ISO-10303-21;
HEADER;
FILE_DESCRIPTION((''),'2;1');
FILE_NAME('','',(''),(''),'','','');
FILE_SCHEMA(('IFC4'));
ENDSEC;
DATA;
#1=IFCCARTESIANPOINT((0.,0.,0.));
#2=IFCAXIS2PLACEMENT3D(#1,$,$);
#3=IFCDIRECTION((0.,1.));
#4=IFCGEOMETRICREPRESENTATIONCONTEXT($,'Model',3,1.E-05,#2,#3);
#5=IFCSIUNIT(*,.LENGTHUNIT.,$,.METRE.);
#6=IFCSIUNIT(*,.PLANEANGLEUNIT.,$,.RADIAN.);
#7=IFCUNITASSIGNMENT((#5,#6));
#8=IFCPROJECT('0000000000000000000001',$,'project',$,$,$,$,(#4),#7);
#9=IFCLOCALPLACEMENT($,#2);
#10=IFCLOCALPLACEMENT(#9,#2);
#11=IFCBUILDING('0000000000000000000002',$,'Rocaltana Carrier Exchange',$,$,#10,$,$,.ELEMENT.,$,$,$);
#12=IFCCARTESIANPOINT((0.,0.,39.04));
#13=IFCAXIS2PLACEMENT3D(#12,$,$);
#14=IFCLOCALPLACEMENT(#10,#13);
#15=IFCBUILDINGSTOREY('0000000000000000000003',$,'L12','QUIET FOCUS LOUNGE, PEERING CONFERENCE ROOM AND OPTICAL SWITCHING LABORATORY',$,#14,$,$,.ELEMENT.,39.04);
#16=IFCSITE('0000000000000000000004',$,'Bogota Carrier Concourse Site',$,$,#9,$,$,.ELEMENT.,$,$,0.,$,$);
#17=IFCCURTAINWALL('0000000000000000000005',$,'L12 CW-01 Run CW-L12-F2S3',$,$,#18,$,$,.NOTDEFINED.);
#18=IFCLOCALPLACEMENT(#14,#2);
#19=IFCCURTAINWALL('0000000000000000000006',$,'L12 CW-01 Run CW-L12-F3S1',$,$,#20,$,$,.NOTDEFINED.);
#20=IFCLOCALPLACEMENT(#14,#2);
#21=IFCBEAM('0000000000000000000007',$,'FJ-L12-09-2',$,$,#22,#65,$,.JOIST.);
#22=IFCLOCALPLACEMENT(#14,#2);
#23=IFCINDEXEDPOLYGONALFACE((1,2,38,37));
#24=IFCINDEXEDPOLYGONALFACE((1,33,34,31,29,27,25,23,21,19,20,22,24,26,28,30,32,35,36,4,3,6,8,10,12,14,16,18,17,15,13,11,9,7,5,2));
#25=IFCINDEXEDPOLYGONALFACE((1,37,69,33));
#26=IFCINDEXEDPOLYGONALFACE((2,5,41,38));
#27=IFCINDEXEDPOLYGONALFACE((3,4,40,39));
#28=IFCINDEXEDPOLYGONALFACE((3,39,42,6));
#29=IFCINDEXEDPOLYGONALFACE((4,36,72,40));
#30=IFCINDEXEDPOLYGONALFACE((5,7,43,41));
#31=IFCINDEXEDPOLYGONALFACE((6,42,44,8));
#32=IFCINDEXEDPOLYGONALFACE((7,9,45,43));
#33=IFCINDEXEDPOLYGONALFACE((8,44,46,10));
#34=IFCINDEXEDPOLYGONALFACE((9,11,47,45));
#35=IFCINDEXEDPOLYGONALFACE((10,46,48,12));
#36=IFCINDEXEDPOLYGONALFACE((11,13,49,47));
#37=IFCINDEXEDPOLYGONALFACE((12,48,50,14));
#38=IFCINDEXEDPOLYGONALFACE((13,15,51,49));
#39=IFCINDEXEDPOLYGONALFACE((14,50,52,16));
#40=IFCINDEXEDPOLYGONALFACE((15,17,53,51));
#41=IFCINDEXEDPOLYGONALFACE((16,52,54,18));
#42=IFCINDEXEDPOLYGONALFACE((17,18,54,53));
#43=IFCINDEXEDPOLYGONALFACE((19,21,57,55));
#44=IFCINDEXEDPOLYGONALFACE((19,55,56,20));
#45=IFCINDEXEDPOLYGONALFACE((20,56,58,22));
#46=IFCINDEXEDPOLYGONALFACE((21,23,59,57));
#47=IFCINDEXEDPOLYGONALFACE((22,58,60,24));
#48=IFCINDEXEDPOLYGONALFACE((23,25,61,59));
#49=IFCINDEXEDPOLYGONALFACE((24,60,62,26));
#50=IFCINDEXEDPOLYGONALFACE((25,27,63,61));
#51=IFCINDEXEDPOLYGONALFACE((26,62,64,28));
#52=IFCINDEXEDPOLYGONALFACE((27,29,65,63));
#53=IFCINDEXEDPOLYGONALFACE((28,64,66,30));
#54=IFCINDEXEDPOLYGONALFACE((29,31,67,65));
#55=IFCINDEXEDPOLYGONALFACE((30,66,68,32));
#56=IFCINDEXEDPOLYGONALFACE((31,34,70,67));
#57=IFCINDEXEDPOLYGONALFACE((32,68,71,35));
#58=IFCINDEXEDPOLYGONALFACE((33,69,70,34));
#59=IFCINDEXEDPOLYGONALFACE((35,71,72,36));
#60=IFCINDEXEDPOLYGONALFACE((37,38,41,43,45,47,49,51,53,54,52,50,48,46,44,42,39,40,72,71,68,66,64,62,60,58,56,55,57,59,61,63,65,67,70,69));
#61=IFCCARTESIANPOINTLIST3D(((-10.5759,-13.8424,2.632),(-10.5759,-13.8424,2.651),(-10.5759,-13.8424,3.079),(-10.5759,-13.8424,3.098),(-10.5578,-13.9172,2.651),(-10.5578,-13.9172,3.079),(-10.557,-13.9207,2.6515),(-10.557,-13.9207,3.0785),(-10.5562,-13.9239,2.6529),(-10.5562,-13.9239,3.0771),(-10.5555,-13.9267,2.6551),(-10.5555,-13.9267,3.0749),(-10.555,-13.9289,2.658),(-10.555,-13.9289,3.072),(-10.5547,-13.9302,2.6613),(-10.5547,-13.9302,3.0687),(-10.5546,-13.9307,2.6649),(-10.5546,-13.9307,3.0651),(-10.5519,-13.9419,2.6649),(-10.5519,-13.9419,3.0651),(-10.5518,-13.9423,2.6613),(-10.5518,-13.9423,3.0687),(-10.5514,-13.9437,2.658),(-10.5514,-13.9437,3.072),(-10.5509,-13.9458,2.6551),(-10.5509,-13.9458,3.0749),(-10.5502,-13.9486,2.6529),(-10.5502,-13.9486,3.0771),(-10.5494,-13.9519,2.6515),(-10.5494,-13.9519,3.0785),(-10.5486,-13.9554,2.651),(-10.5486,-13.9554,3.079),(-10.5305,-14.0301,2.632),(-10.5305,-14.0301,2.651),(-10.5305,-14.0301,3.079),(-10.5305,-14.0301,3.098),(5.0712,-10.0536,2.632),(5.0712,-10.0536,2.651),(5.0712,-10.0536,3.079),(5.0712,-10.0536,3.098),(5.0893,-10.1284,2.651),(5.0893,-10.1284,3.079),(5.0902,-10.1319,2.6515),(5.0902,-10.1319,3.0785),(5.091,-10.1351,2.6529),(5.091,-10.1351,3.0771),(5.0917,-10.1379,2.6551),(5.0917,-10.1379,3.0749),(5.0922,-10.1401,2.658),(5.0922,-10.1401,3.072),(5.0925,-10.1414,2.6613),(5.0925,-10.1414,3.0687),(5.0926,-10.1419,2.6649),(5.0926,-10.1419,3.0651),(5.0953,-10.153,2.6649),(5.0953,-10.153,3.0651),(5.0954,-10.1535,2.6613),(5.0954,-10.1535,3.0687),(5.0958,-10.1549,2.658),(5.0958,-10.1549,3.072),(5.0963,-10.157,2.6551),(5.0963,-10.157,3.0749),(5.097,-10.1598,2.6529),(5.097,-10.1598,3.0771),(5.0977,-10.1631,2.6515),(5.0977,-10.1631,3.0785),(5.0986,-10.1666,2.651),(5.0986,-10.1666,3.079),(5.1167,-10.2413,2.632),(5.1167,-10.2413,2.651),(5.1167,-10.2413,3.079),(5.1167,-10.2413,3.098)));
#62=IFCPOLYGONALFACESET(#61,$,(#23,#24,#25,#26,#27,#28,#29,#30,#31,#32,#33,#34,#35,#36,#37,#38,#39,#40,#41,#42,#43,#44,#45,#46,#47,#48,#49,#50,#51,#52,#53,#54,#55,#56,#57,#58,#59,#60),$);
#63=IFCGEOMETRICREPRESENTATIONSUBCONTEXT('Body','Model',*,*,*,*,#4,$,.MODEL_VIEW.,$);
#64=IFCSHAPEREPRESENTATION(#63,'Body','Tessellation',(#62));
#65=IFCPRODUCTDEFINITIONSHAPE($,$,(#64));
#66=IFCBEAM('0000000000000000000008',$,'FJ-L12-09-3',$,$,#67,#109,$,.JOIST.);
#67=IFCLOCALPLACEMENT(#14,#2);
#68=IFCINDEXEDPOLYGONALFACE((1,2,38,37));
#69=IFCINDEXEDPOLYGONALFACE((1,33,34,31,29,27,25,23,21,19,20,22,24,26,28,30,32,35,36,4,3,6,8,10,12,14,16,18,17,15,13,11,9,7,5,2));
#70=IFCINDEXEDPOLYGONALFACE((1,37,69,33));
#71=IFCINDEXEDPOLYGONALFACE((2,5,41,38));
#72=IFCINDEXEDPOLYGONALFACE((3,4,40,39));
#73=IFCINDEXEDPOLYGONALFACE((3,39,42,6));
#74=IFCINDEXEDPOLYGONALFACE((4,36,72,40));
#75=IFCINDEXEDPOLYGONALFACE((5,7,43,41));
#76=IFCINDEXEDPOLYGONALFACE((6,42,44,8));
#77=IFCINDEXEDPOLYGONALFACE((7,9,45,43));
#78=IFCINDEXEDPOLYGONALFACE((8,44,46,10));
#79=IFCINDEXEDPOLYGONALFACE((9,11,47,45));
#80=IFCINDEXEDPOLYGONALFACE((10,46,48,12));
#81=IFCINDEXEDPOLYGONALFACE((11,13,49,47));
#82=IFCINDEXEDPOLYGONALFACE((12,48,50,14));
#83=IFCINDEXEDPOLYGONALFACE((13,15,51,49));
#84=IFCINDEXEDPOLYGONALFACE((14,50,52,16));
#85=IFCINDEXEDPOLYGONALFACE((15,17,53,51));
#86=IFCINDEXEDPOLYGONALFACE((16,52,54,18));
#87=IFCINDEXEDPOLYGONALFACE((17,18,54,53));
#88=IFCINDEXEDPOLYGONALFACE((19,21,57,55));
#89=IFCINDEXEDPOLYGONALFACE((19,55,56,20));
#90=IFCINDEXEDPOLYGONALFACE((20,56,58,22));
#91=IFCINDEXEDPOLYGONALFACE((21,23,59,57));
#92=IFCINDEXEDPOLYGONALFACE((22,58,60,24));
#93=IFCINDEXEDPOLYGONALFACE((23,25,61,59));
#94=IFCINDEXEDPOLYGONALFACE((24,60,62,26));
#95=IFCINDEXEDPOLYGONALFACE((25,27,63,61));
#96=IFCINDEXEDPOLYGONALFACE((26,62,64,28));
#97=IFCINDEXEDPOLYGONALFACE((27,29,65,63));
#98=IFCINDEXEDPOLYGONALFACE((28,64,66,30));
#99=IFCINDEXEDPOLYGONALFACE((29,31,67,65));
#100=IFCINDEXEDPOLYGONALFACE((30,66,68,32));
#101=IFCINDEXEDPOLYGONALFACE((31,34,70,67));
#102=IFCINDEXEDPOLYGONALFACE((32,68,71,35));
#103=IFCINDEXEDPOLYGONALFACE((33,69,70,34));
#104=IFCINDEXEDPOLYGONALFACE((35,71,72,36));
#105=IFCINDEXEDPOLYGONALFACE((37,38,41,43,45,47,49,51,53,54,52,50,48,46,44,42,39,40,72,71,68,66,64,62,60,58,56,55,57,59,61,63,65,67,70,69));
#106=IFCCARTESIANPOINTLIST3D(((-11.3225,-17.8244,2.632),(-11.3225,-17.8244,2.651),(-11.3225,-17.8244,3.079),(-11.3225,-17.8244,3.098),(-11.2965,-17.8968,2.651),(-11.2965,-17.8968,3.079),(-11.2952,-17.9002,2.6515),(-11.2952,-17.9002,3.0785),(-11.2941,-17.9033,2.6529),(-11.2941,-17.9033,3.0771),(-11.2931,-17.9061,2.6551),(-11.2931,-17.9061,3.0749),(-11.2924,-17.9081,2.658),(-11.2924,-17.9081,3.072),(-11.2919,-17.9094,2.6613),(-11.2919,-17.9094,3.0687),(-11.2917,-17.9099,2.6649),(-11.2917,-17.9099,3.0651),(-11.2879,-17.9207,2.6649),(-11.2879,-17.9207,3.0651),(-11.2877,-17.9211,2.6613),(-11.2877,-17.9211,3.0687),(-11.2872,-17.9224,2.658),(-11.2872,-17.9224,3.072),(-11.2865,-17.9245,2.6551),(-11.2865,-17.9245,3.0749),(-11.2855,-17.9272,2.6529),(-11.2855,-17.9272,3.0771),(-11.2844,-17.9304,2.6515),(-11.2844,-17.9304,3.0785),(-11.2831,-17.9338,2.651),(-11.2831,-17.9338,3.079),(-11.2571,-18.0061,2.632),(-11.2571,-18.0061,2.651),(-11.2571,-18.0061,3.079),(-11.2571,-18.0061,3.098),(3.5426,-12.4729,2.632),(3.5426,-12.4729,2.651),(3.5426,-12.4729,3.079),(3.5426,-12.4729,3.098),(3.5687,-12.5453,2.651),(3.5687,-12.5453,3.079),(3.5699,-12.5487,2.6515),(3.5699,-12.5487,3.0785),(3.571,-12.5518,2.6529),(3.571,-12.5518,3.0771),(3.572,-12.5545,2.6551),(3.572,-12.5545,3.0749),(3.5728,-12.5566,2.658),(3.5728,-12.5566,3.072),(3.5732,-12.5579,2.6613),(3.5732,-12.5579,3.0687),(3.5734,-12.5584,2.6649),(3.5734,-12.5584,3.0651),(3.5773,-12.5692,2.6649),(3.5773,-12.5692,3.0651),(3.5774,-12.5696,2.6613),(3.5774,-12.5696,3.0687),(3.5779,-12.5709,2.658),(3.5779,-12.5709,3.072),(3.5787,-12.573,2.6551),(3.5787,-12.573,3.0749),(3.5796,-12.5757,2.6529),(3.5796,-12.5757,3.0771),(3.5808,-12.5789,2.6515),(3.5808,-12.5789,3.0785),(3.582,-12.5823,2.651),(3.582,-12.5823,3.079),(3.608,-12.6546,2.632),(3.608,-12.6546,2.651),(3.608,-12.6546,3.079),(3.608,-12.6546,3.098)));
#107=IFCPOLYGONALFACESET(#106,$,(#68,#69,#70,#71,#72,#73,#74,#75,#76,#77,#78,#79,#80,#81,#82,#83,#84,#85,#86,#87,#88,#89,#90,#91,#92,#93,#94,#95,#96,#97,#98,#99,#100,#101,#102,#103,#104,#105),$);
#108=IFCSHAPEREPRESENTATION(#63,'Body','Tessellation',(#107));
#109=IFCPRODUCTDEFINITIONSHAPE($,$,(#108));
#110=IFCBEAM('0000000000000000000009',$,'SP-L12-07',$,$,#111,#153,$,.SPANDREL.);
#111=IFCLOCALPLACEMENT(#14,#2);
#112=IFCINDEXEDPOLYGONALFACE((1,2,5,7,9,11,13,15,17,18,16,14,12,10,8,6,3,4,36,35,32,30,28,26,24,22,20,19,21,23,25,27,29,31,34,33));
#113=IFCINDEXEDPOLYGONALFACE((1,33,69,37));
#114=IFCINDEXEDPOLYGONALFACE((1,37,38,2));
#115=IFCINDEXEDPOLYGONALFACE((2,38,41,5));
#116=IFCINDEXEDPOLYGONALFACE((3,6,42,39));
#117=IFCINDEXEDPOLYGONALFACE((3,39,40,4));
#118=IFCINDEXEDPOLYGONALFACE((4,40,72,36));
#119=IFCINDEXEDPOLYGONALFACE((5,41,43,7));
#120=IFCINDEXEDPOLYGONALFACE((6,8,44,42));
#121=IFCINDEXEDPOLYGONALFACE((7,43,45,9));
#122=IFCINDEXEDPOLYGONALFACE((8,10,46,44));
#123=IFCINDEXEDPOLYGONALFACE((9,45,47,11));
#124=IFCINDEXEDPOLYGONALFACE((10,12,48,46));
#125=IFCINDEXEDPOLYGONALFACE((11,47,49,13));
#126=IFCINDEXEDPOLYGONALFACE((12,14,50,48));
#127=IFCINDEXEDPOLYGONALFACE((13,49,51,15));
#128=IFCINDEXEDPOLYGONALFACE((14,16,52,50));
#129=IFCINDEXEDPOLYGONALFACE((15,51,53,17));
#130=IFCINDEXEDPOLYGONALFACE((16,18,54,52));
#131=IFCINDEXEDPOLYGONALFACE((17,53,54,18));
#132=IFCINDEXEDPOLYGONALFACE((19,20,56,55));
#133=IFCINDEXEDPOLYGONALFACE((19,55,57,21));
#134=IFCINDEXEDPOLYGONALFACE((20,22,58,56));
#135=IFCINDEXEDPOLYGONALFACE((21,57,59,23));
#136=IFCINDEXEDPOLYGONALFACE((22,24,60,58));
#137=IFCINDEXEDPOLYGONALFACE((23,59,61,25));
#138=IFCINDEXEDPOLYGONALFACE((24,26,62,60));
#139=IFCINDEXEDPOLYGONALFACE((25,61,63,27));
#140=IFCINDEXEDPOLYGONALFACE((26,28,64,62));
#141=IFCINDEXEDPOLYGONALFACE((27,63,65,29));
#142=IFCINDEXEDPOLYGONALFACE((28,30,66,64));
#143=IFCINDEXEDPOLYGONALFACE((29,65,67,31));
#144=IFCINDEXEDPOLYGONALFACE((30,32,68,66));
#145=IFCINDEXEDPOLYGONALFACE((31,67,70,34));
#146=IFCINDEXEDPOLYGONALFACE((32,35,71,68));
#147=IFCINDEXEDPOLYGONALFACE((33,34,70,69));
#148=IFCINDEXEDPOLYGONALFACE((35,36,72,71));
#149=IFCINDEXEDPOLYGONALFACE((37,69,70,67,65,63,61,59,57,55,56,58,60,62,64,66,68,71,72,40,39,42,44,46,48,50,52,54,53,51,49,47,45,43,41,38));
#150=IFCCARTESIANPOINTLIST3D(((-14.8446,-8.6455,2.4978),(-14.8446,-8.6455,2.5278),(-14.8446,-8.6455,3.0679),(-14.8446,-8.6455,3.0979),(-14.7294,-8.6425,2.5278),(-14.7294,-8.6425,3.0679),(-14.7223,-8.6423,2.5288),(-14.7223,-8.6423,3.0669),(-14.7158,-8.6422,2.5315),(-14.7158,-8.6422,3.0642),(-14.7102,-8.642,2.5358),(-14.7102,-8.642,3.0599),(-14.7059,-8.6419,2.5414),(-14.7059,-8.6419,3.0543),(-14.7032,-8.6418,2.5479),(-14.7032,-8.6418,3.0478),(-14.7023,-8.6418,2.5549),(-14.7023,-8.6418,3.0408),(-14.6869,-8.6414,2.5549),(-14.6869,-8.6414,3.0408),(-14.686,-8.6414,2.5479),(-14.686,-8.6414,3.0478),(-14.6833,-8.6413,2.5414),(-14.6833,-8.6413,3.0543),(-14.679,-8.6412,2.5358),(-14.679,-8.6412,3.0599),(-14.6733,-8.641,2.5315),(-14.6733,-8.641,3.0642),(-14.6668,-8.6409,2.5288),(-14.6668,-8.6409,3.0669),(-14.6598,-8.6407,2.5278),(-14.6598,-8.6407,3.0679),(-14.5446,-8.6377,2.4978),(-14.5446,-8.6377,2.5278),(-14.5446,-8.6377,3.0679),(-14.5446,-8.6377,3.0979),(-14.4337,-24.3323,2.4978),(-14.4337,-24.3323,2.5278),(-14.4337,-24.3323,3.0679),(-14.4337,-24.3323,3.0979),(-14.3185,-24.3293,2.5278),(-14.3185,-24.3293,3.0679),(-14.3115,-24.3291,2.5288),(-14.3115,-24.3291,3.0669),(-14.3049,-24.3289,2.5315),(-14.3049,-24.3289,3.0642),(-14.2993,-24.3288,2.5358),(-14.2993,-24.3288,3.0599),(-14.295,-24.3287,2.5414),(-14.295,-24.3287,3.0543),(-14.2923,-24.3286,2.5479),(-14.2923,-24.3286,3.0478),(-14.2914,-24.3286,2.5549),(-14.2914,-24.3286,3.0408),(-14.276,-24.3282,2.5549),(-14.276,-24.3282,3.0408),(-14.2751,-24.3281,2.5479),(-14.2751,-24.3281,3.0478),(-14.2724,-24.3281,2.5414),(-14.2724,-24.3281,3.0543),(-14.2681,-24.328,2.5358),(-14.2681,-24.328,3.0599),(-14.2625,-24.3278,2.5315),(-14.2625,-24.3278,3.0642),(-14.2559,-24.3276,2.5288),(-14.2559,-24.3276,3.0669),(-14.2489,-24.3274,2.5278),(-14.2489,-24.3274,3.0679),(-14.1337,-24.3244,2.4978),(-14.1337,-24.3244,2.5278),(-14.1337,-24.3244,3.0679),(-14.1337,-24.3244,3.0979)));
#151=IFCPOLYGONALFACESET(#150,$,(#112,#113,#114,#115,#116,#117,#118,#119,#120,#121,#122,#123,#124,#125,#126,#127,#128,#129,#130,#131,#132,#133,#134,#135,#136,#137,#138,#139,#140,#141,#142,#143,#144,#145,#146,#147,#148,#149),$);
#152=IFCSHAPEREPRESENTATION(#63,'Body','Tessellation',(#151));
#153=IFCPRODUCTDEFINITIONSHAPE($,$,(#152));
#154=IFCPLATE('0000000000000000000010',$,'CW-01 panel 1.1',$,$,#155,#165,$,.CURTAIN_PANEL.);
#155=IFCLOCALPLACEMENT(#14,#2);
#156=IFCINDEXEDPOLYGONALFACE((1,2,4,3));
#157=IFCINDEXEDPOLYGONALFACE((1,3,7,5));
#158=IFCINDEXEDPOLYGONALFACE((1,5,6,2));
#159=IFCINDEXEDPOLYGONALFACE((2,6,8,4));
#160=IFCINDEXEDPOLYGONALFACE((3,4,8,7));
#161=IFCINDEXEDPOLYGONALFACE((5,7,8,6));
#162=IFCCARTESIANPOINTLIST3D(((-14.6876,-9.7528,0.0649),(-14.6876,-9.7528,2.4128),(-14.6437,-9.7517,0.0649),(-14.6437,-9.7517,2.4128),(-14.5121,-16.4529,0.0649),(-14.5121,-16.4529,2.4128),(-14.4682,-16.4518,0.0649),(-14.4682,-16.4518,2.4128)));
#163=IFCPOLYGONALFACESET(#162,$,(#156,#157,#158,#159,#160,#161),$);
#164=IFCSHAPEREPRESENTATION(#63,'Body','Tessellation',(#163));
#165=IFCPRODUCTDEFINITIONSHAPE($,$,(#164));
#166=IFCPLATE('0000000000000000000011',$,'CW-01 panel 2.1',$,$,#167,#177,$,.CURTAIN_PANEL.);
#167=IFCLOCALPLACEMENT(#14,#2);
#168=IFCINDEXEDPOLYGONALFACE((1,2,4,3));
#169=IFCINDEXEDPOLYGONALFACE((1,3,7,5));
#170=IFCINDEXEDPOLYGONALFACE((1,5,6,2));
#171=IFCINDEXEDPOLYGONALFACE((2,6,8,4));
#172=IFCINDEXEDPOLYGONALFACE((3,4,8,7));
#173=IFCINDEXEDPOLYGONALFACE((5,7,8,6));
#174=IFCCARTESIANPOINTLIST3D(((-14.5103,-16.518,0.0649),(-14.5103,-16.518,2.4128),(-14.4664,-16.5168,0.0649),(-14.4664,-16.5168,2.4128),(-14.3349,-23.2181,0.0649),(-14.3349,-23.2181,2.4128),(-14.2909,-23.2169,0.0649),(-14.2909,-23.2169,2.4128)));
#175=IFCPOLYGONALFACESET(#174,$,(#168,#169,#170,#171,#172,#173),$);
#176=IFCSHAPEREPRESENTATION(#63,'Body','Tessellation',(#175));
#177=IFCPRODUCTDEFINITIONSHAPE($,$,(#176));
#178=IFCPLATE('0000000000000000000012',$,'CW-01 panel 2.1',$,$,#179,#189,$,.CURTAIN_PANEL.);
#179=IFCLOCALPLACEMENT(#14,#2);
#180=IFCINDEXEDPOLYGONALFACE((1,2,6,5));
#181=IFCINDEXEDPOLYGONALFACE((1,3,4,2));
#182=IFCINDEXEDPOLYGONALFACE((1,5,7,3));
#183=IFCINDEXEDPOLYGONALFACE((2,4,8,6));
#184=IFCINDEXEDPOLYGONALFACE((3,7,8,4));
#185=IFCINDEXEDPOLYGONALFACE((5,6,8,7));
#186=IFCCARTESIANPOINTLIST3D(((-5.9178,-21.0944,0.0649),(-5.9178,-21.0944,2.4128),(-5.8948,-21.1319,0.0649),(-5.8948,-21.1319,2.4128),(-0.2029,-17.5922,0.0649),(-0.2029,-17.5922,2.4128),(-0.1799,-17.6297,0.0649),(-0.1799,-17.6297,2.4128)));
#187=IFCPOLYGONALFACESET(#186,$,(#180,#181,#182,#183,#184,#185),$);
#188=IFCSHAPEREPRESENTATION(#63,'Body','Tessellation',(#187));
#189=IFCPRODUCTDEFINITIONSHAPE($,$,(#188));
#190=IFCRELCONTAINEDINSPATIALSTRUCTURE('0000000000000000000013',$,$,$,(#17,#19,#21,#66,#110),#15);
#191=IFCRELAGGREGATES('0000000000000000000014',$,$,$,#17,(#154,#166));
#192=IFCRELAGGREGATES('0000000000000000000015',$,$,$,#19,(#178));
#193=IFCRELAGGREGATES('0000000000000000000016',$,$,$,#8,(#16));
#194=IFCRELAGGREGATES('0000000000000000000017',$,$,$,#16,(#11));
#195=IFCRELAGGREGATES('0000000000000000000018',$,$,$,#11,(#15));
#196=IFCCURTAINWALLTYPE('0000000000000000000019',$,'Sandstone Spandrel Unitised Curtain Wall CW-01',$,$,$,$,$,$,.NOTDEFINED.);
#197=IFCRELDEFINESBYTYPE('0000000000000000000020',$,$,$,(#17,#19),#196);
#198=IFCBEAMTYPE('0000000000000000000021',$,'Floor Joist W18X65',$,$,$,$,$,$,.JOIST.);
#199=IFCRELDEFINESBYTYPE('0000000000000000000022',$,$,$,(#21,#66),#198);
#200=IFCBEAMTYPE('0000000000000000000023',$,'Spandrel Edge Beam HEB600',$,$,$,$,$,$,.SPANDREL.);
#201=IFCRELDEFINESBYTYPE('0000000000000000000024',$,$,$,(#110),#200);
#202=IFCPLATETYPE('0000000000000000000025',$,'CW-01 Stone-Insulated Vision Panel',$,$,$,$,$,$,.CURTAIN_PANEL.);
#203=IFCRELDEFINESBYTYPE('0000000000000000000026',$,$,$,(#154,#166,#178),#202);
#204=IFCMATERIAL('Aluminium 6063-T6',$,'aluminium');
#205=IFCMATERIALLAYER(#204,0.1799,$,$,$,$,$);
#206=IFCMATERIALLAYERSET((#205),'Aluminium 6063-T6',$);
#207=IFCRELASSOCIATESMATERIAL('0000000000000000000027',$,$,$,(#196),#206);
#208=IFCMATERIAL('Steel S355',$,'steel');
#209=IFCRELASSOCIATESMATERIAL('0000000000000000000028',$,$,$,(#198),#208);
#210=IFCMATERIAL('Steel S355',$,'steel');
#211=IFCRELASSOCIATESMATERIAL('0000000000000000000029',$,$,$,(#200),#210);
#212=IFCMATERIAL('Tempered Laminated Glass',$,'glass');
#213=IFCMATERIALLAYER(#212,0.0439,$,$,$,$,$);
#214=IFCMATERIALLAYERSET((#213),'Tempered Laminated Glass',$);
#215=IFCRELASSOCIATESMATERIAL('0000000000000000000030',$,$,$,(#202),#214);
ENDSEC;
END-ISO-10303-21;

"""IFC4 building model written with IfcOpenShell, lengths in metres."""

from ifc_helpers import new_model, si_unit, direction, frame, origin, origin_2d, place, context, subcontext, project, spatial, rectangle, i_section, extrude, material, layer, layer_set, material_profile, profile_set, type_object, element, aggregate, save


model = new_model("IFC4")

# Units and contexts
model_context = context("Model", 3, precision=1e-05, world=origin(), true_north=direction((0.0, 1.0)))
body_context = subcontext(model_context, "Body", "Model", "MODEL_VIEW")
ifc_project = project(units=[si_unit("LENGTHUNIT", "METRE"), si_unit("PLANEANGLEUNIT", "RADIAN")], contexts=[model_context])

# Site, building, storey
site_placement = place(None, origin())
site = spatial("IfcSite", under=ifc_project, at=site_placement, Name="Bogota Carrier Concourse Site", CompositionType="ELEMENT", RefElevation=0.0)
building_placement = place(site_placement, origin())
building = spatial("IfcBuilding", under=site, at=building_placement, Name="Rocaltana Carrier Exchange", CompositionType="ELEMENT")
storey_placement = place(building_placement, frame((0.0, 0.0, 39.04)))
storey = spatial("IfcBuildingStorey", under=building, at=storey_placement, Name="L12", Description="QUIET FOCUS LOUNGE, PEERING CONFERENCE ROOM AND OPTICAL SWITCHING LABORATORY", CompositionType="ELEMENT", Elevation=39.04)

# Curtain wall
ifc_material_1 = material(Name="Aluminium 6063-T6", Category="aluminium")
ifc_layer_1 = layer(ifc_material_1, 0.1799)
ifc_layer_set_1 = layer_set([ifc_layer_1], Name="Aluminium 6063-T6")
curtain_wall_type = type_object("IfcCurtainWallType", Name="Sandstone Spandrel Unitised Curtain Wall CW-01", PredefinedType="NOTDEFINED", material=ifc_layer_set_1)
curtain_wall_1_placement = place(storey_placement, origin())
curtain_wall_1 = element("IfcCurtainWall", 1, at=curtain_wall_1_placement, inside=storey, type_object=curtain_wall_type, Name="L12 CW-01 Run CW-L12-F2S3", PredefinedType="NOTDEFINED")

# Curtain wall
curtain_wall_2_placement = place(storey_placement, origin())
curtain_wall_2 = element("IfcCurtainWall", 2, at=curtain_wall_2_placement, inside=storey, type_object=curtain_wall_type, Name="L12 CW-01 Run CW-L12-F3S1", PredefinedType="NOTDEFINED")

# Beams
ifc_material_2 = material(Name="Steel S355", Category="steel")
ifc_material_profile_1 = material_profile(ifc_material_2, i_section(OverallWidth=0.1931, OverallDepth=0.4661, WebThickness=0.0115, FlangeThickness=0.019, FilletRadius=0.0139, at=origin_2d()), Name="W18X65")
ifc_profile_set_1 = profile_set([ifc_material_profile_1], Name="Steel S355")
beam_type_1 = type_object("IfcBeamType", Name="Floor Joist W18X65", PredefinedType="JOIST", material=ifc_profile_set_1)
beam_1_placement = place(storey_placement, frame((-10.5532, -13.9363, 2.865), z_axis=(0.971913, 0.235339, 0.0), x_axis=(-0.235339, 0.971913, 0.0)))
element("IfcBeam", 3, at=beam_1_placement, inside=storey, type_object=beam_type_1, Name="FJ-L12-09-2", PredefinedType="JOIST", context=body_context, shape_type="SweptSolid", body=[
    extrude(i_section(OverallWidth=0.1931, OverallDepth=0.4661, WebThickness=0.0115, FlangeThickness=0.019, FilletRadius=0.0139, at=origin_2d()), origin(), (0.0, 0.0, 1.0), 16.0994),
])
beam_2_placement = place(storey_placement, frame((-11.2898, -17.9153, 2.865), z_axis=(0.940886, 0.338724, 0.0), x_axis=(-0.338724, 0.940886, 0.0)))
element("IfcBeam", 4, at=beam_2_placement, inside=storey, type_object=beam_type_1, Name="FJ-L12-09-3", PredefinedType="JOIST", context=body_context, shape_type="SweptSolid", body=[
    extrude(i_section(OverallWidth=0.1931, OverallDepth=0.4661, WebThickness=0.0115, FlangeThickness=0.019, FilletRadius=0.0139, at=origin_2d()), origin(), (0.0, 0.0, 1.0), 15.7991),
])
ifc_material_3 = material(Name="Steel S355", Category="steel")
ifc_material_profile_2 = material_profile(ifc_material_3, i_section(OverallWidth=0.3, OverallDepth=0.6001, WebThickness=0.0154, FlangeThickness=0.03, FilletRadius=0.0271, at=origin_2d()), Name="HEB600")
ifc_profile_set_2 = profile_set([ifc_material_profile_2], Name="Steel S355")
beam_type_2 = type_object("IfcBeamType", Name="Spandrel Edge Beam HEB600", PredefinedType="SPANDREL", material=ifc_profile_set_2)
beam_3_placement = place(storey_placement, frame((-14.6946, -8.6416, 2.7979), z_axis=(0.026184, -0.999657, 0.0), x_axis=(0.999657, 0.026184, 0.0)))
element("IfcBeam", 5, at=beam_3_placement, inside=storey, type_object=beam_type_2, Name="SP-L12-07", PredefinedType="SPANDREL", context=body_context, shape_type="SweptSolid", body=[
    extrude(i_section(OverallWidth=0.3, OverallDepth=0.6001, WebThickness=0.0154, FlangeThickness=0.03, FilletRadius=0.0271, at=origin_2d()), origin(), (0.0, 0.0, 1.0), 15.6921),
])

# Plates
ifc_material_4 = material(Name="Tempered Laminated Glass", Category="glass")
ifc_layer_2 = layer(ifc_material_4, 0.0439)
ifc_layer_set_2 = layer_set([ifc_layer_2], Name="Tempered Laminated Glass")
plate_type = type_object("IfcPlateType", Name="CW-01 Stone-Insulated Vision Panel", PredefinedType="CURTAIN_PANEL", material=ifc_layer_set_2)
plate_1_placement = place(storey_placement, frame((-14.5779, -13.1023, 0.0649), z_axis=(0.0, 0.0, 1.0), x_axis=(0.026184, -0.999657, 0.0)))
plate_1 = element("IfcPlate", 6, at=plate_1_placement, type_object=plate_type, Name="CW-01 panel 1.1", PredefinedType="CURTAIN_PANEL", context=body_context, shape_type="SweptSolid", body=[
    extrude(rectangle(XDim=6.7024, YDim=0.0439, at=origin_2d()), origin(), (0.0, 0.0, 1.0), 2.3479),
])
plate_2_placement = place(storey_placement, frame((-14.4006, -19.8674, 0.0649), z_axis=(0.0, 0.0, 1.0), x_axis=(0.026184, -0.999657, 0.0)))
plate_2 = element("IfcPlate", 7, at=plate_2_placement, type_object=plate_type, Name="CW-01 panel 2.1", PredefinedType="CURTAIN_PANEL", context=body_context, shape_type="SweptSolid", body=[
    extrude(rectangle(XDim=6.7024, YDim=0.0439, at=origin_2d()), origin(), (0.0, 0.0, 1.0), 2.3479),
])
aggregate(curtain_wall_1, [plate_1, plate_2])
plate_3_placement = place(storey_placement, frame((-3.0488, -19.3621, 0.0649), z_axis=(0.0, 0.0, 1.0), x_axis=(0.852636, 0.522505, 0.0)))
plate_3 = element("IfcPlate", 8, at=plate_3_placement, type_object=plate_type, Name="CW-01 panel 2.1", PredefinedType="CURTAIN_PANEL", context=body_context, shape_type="SweptSolid", body=[
    extrude(rectangle(XDim=6.7026, YDim=0.0439, at=origin_2d()), origin(), (0.0, 0.0, 1.0), 2.3479),
])
aggregate(curtain_wall_2, [plate_3])

save(model, "model.ifc")
